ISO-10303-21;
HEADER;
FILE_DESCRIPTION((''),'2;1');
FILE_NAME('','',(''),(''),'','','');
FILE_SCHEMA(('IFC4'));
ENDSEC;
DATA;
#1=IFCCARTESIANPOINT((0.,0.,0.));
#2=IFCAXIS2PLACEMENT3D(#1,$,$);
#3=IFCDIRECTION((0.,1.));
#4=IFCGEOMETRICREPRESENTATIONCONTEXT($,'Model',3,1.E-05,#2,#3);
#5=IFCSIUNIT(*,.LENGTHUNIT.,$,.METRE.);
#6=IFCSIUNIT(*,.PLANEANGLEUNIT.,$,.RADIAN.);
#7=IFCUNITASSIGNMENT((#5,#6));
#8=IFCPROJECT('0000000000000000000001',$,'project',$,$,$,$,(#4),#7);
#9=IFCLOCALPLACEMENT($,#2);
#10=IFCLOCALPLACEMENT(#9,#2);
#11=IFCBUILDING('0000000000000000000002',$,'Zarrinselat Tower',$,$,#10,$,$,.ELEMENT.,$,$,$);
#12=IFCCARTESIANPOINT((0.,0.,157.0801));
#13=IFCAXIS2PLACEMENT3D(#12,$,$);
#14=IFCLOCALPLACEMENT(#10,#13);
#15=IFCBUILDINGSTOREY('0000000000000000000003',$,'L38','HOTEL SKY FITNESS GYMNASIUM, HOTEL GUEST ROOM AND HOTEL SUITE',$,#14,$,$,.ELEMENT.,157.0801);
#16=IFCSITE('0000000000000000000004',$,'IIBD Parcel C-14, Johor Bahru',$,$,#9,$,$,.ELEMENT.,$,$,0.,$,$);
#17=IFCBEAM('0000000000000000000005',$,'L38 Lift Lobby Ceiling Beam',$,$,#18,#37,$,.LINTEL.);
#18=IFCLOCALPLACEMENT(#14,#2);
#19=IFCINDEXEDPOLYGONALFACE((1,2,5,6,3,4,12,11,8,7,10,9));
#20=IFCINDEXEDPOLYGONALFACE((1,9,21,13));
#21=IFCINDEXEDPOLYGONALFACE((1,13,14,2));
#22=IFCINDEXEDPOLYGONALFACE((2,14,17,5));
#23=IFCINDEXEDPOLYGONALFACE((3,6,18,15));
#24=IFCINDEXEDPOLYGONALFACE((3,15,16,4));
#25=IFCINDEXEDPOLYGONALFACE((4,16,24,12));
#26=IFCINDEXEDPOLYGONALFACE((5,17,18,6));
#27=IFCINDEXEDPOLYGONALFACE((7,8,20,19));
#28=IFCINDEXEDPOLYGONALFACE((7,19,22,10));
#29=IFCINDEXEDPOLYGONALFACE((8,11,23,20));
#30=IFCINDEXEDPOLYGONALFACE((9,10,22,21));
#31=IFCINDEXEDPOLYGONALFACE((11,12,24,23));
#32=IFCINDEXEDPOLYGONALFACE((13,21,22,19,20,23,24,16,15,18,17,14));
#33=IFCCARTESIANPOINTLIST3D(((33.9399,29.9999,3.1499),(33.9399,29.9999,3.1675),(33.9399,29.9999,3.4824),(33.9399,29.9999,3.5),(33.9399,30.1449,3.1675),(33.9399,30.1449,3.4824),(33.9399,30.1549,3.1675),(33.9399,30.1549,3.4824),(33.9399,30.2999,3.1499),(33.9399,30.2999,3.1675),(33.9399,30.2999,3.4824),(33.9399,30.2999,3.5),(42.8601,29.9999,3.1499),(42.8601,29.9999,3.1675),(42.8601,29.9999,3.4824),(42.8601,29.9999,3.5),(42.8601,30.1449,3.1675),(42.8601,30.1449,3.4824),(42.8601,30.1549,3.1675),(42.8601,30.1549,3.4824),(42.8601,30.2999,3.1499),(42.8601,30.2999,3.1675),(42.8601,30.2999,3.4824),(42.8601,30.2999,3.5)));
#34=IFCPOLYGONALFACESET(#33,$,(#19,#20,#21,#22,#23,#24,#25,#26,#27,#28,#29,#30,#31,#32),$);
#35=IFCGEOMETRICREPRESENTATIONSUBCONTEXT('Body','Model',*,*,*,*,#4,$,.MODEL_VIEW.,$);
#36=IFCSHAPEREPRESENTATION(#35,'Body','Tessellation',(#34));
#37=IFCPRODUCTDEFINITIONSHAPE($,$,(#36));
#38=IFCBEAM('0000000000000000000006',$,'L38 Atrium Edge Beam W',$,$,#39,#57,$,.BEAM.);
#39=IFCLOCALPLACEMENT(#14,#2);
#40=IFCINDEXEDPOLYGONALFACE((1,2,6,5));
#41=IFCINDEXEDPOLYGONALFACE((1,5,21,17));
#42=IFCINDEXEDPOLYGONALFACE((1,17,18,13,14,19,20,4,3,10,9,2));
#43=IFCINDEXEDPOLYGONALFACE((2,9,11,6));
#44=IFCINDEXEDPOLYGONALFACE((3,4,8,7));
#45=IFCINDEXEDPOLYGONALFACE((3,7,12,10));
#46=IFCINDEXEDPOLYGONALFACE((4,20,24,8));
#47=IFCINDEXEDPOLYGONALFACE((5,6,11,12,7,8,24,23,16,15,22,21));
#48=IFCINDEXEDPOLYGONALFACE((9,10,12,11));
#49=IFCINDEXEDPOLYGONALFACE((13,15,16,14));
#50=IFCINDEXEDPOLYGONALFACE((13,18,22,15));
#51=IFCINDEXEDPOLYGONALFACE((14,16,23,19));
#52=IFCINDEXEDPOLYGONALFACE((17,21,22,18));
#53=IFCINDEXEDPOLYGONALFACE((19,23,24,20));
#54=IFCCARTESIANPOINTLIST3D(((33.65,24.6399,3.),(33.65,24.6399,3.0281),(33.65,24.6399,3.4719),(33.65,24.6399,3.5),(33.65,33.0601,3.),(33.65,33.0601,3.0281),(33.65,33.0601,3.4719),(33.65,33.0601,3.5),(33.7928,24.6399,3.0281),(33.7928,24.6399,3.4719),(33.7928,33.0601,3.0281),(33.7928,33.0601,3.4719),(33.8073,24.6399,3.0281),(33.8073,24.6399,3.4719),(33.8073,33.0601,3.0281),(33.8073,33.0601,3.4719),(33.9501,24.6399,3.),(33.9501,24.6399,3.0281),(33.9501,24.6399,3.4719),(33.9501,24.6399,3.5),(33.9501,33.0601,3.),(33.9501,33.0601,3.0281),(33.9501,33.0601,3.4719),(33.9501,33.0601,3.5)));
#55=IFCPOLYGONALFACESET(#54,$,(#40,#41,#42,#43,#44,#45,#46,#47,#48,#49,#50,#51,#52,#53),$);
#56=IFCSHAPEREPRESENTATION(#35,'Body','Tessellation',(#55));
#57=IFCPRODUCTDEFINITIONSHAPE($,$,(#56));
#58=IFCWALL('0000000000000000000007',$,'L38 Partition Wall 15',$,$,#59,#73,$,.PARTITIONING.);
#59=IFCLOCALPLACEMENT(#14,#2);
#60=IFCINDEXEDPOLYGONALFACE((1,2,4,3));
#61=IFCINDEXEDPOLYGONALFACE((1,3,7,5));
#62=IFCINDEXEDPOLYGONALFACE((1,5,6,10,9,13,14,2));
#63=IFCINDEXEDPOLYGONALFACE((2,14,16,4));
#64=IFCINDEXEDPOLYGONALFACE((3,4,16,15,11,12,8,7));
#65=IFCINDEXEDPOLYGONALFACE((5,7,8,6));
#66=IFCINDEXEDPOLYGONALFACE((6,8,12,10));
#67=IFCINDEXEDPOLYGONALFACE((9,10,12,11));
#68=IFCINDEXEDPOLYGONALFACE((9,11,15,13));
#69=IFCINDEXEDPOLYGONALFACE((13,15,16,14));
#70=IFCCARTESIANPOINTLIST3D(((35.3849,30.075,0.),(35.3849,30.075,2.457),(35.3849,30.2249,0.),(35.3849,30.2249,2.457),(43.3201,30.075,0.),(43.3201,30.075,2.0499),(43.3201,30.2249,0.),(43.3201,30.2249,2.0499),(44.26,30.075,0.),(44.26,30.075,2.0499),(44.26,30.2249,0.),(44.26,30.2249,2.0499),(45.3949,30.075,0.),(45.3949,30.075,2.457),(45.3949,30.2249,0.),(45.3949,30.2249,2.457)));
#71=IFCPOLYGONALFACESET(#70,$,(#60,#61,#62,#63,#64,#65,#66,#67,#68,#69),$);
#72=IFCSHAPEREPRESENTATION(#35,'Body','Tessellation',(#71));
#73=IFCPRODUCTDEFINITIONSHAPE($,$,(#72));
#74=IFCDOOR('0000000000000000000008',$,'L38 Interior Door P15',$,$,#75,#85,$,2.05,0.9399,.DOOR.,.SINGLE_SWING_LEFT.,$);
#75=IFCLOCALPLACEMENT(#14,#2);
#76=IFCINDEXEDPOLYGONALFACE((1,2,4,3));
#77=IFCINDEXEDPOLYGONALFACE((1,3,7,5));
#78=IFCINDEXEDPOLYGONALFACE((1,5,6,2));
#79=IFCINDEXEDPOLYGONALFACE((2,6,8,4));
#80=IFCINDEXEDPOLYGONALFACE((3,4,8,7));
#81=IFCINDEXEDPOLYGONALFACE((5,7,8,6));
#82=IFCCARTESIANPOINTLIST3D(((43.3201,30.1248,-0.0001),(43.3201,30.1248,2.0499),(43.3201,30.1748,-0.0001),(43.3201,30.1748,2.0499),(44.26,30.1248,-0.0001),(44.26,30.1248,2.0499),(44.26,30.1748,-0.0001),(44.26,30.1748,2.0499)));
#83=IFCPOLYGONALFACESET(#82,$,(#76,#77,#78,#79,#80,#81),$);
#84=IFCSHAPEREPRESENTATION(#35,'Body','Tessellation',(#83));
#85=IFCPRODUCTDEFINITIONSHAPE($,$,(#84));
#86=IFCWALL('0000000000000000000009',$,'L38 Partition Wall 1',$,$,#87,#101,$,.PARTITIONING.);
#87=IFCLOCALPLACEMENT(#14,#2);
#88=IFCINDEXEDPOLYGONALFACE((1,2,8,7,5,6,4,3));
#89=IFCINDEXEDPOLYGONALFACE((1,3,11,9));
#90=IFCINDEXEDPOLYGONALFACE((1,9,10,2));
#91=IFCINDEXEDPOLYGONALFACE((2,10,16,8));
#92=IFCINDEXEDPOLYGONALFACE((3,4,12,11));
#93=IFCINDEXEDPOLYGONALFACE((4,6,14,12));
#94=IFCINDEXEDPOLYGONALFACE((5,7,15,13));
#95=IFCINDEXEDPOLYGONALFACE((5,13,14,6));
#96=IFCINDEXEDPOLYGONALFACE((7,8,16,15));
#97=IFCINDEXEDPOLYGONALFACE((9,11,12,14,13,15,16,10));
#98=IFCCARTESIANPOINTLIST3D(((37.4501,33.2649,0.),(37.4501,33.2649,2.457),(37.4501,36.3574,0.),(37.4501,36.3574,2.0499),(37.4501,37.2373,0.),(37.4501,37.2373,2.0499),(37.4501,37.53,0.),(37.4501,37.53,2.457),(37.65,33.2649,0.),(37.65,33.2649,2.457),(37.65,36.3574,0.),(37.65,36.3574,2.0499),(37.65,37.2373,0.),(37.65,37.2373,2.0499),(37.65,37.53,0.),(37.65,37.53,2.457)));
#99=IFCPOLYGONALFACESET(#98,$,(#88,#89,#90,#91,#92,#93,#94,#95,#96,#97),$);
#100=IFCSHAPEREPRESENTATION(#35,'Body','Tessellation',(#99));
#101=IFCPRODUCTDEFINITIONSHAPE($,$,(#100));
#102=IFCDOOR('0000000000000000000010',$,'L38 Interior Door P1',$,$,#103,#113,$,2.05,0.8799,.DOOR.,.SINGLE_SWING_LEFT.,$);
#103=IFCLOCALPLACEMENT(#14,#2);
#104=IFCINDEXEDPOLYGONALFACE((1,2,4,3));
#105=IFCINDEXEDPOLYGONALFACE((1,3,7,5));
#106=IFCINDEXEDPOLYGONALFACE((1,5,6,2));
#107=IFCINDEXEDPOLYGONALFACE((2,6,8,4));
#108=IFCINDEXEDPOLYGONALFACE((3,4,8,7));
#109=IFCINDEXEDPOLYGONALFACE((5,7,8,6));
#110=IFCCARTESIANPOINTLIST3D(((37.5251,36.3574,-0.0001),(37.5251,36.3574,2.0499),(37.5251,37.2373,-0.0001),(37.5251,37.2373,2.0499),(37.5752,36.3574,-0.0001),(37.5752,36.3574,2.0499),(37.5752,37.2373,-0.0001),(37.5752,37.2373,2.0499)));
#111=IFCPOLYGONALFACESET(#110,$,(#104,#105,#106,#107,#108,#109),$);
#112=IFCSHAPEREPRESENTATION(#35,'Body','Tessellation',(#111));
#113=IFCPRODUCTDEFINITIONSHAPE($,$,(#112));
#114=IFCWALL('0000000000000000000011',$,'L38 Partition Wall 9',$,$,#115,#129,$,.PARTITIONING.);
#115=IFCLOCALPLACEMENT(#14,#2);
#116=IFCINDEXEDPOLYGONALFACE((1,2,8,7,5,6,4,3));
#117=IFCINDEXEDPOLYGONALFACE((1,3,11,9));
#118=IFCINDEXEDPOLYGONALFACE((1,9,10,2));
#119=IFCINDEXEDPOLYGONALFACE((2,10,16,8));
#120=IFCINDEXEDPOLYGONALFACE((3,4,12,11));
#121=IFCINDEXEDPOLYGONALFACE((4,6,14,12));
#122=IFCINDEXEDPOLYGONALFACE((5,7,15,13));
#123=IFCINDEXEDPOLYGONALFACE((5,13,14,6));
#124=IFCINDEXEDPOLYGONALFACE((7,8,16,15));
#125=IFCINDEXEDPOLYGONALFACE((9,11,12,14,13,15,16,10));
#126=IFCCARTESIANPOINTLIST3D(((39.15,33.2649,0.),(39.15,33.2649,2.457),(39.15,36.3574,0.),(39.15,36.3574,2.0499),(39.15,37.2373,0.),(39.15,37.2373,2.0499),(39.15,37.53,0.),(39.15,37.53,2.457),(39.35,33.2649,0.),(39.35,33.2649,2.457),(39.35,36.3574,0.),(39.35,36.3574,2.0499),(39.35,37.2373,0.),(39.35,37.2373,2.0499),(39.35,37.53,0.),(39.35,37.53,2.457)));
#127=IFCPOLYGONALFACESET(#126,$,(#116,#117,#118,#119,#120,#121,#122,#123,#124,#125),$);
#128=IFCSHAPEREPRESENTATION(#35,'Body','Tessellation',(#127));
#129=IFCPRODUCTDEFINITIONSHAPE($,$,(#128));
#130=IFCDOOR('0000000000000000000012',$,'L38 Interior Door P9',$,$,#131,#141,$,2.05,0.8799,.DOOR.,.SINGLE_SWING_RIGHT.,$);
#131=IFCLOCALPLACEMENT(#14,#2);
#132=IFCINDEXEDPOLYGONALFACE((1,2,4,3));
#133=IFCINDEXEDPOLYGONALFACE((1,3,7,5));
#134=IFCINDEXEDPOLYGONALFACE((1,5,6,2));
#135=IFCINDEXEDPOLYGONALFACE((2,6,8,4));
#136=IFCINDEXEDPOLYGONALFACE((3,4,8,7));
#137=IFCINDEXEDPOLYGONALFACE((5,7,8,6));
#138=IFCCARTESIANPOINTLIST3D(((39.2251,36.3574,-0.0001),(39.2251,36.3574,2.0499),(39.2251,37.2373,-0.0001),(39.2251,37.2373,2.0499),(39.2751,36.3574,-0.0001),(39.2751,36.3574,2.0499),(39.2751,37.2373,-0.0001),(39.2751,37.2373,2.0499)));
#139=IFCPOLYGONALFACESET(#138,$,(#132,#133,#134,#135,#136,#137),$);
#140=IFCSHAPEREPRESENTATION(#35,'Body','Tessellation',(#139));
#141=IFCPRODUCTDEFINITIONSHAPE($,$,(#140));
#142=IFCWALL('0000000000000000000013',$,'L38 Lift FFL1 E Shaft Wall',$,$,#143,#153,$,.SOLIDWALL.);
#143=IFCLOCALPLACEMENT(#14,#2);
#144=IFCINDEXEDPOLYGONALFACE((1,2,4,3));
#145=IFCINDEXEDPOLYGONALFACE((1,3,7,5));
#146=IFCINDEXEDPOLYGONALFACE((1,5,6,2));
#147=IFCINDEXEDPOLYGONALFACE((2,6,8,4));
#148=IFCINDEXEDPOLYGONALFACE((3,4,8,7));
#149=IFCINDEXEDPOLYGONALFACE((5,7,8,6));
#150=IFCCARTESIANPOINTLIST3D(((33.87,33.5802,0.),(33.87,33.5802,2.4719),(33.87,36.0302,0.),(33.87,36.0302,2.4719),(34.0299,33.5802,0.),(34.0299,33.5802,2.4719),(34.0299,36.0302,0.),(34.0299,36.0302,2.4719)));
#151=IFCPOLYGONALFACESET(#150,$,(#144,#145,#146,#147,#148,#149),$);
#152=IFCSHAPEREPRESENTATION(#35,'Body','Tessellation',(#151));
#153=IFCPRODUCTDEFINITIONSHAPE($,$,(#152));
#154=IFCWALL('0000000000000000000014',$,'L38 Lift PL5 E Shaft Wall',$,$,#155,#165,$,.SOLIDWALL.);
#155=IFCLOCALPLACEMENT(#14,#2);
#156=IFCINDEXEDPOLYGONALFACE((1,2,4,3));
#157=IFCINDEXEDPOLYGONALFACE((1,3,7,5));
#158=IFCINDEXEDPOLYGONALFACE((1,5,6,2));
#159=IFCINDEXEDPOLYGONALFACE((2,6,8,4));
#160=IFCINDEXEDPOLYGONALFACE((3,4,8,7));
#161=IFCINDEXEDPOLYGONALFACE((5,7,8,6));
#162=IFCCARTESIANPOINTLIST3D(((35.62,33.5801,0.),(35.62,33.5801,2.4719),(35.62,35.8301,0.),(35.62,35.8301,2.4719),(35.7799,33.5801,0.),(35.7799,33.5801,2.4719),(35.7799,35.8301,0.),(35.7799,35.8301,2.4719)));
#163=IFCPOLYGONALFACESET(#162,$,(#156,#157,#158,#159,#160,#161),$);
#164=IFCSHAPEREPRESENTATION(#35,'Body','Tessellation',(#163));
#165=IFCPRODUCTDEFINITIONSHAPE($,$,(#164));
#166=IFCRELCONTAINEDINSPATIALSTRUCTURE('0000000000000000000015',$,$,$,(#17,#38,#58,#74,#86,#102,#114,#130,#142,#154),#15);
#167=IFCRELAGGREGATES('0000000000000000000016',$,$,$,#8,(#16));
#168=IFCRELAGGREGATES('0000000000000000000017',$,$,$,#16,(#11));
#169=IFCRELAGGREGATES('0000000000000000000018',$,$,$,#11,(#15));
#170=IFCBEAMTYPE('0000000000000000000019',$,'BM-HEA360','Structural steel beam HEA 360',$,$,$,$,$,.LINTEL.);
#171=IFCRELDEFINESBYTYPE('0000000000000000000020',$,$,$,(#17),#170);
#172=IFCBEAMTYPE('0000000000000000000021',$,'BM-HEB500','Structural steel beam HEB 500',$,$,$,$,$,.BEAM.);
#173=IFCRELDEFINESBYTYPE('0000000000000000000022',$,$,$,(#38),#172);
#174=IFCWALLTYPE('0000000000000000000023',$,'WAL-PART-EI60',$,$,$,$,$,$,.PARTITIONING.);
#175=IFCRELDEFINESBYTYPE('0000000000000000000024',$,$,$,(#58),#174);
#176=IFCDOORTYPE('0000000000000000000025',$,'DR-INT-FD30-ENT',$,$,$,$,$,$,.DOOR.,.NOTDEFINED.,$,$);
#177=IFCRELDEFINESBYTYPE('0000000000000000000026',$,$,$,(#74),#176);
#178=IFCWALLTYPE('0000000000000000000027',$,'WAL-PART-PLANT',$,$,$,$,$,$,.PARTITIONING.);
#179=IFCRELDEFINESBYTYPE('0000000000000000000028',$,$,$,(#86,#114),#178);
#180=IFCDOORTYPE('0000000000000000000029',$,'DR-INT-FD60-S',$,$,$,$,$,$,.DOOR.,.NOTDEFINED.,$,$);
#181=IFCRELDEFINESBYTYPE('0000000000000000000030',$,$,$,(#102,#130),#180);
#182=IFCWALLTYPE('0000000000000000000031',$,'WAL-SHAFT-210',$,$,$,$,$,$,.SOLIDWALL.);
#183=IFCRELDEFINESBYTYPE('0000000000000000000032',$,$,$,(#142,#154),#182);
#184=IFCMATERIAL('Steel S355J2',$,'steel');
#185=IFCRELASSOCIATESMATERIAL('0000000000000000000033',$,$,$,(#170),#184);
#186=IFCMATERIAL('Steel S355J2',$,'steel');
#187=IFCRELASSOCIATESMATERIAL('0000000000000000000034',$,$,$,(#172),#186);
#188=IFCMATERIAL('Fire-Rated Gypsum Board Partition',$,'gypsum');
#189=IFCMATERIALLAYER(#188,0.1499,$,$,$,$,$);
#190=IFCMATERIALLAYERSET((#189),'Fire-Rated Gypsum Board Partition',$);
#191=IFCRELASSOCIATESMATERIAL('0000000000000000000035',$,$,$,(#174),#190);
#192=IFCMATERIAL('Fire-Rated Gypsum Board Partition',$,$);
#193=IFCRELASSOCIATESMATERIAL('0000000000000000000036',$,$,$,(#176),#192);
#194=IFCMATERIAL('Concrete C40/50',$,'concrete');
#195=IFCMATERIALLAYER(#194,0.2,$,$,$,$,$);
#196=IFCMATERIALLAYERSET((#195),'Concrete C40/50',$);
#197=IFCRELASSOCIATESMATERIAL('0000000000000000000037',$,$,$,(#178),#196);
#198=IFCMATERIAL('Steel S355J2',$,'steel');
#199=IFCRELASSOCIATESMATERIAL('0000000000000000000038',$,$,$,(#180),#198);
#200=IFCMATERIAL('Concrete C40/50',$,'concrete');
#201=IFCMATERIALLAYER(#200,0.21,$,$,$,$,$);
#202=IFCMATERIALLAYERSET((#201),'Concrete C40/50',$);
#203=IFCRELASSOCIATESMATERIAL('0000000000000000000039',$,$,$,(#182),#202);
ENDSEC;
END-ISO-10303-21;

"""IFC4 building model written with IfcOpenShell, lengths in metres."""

from ifc_helpers import new_model, si_unit, direction, frame, frame_2d, origin, origin_2d, place, context, subcontext, project, spatial, rectangle, i_section, extrude, material, layer, layer_set, material_profile, profile_set, type_object, element, fill, save


model = new_model("IFC4")

# Units and contexts
model_context = context("Model", 3, precision=1e-05, world=origin(), true_north=direction((0.0, 1.0)))
body_context = subcontext(model_context, "Body", "Model", "MODEL_VIEW")
ifc_project = project(units=[si_unit("LENGTHUNIT", "METRE"), si_unit("PLANEANGLEUNIT", "RADIAN")], contexts=[model_context])

# Site, building, storey
site_placement = place(None, origin())
site = spatial("IfcSite", under=ifc_project, at=site_placement, Name="IIBD Parcel C-14, Johor Bahru", CompositionType="ELEMENT", RefElevation=0.0)
building_placement = place(site_placement, origin())
building = spatial("IfcBuilding", under=site, at=building_placement, Name="Zarrinselat Tower", CompositionType="ELEMENT")
storey_placement = place(building_placement, frame((0.0, 0.0, 157.0801)))
storey = spatial("IfcBuildingStorey", under=building, at=storey_placement, Name="L38", Description="HOTEL SKY FITNESS GYMNASIUM, HOTEL GUEST ROOM AND HOTEL SUITE", CompositionType="ELEMENT", Elevation=157.0801)

# Beams
ifc_material_1 = material(Name="Steel S355J2", Category="steel")
ifc_material_profile_1 = material_profile(ifc_material_1, i_section(OverallWidth=0.3, OverallDepth=0.3501, WebThickness=0.01, FlangeThickness=0.0176, at=origin_2d()), Name="HEA 360")
ifc_profile_set_1 = profile_set([ifc_material_profile_1], Name="Steel S355J2")
beam_type_1 = type_object("IfcBeamType", Name="BM-HEA360", Description="Structural steel beam HEA 360", PredefinedType="LINTEL", material=ifc_profile_set_1)
beam_1_placement = place(storey_placement, frame((33.9399, 30.1499, 3.325), z_axis=(1.0, 0.0, 0.0), x_axis=(0.0, 1.0, 0.0)))
element("IfcBeam", 1, at=beam_1_placement, inside=storey, type_object=beam_type_1, Name="L38 Lift Lobby Ceiling Beam", PredefinedType="LINTEL", context=body_context, shape_type="SweptSolid", body=[
    extrude(i_section(OverallWidth=0.3, OverallDepth=0.3501, WebThickness=0.01, FlangeThickness=0.0176, at=origin_2d()), origin(), (0.0, 0.0, 1.0), 8.9202),
])
ifc_material_2 = material(Name="Steel S355J2", Category="steel")
ifc_material_profile_2 = material_profile(ifc_material_2, i_section(OverallWidth=0.3, OverallDepth=0.5, WebThickness=0.0144, FlangeThickness=0.0281, at=origin_2d()), Name="HEB 500")
ifc_profile_set_2 = profile_set([ifc_material_profile_2], Name="Steel S355J2")
beam_type_2 = type_object("IfcBeamType", Name="BM-HEB500", Description="Structural steel beam HEB 500", PredefinedType="BEAM", material=ifc_profile_set_2)
beam_2_placement = place(storey_placement, frame((33.8, 24.6399, 3.25), z_axis=(0.0, 1.0, 0.0), x_axis=(-1.0, 0.0, 0.0)))
element("IfcBeam", 2, at=beam_2_placement, inside=storey, type_object=beam_type_2, Name="L38 Atrium Edge Beam W", PredefinedType="BEAM", context=body_context, shape_type="SweptSolid", body=[
    extrude(i_section(OverallWidth=0.3, OverallDepth=0.5, WebThickness=0.0144, FlangeThickness=0.0281, at=origin_2d()), origin(), (0.0, 0.0, 1.0), 8.4202),
])

# Walls, openings, doors
ifc_material_3 = material(Name="Fire-Rated Gypsum Board Partition", Category="gypsum")
ifc_layer_1 = layer(ifc_material_3, 0.1499)
ifc_layer_set_1 = layer_set([ifc_layer_1], Name="Fire-Rated Gypsum Board Partition")
wall_type_1 = type_object("IfcWallType", Name="WAL-PART-EI60", PredefinedType="PARTITIONING", material=ifc_layer_set_1)
wall_1_placement = place(storey_placement, frame((35.385, 30.1499, 0.0), z_axis=(0.0, 0.0, 1.0), x_axis=(1.0, 0.0, 0.0)))
wall_1 = element("IfcWall", 3, at=wall_1_placement, inside=storey, type_object=wall_type_1, Name="L38 Partition Wall 15", PredefinedType="PARTITIONING", context=body_context, shape_type="SweptSolid", body=[
    extrude(rectangle(XDim=10.01, YDim=0.1499, at=frame_2d((5.0049, 0.0))), origin(), (0.0, 0.0, 1.0), 2.457),
])
opening_1_placement = place(wall_1_placement, frame((7.9351, 0.0, 0.0)))
opening_1 = element("IfcOpeningElement", 4, at=opening_1_placement, cuts=wall_1, PredefinedType="OPENING", context=body_context, shape_type="SweptSolid", body=[
    extrude(rectangle(XDim=0.9399, YDim=2.05, at=frame_2d((0.47, 1.0249))), frame((0.0, 0.085, 0.0), z_axis=(0.0, -1.0, 0.0), x_axis=(1.0, 0.0, 0.0)), (0.0, 0.0, 1.0), 0.1699),
])
ifc_material_4 = material(Name="Fire-Rated Gypsum Board Partition")
door_type_1 = type_object("IfcDoorType", Name="DR-INT-FD30-ENT", OperationType="NOTDEFINED", PredefinedType="DOOR", material=ifc_material_4)
door_1_placement = place(opening_1_placement, origin())
door_1 = element("IfcDoor", 5, at=door_1_placement, inside=storey, type_object=door_type_1, Name="L38 Interior Door P15", OperationType="SINGLE_SWING_LEFT", OverallHeight=2.05, OverallWidth=0.9399, PredefinedType="DOOR", context=body_context, shape_type="SweptSolid", body=[
    extrude(rectangle(XDim=0.9399, YDim=2.05, at=frame_2d((0.47, 1.0249))), frame((0.0, 0.0249, 0.0), z_axis=(0.0, -1.0, 0.0), x_axis=(1.0, 0.0, 0.0)), (0.0, 0.0, 1.0), 0.05),
])
fill(opening_1, door_1)
ifc_material_5 = material(Name="Concrete C40/50", Category="concrete")
ifc_layer_2 = layer(ifc_material_5, 0.2)
ifc_layer_set_2 = layer_set([ifc_layer_2], Name="Concrete C40/50")
wall_type_2 = type_object("IfcWallType", Name="WAL-PART-PLANT", PredefinedType="PARTITIONING", material=ifc_layer_set_2)
wall_2_placement = place(storey_placement, frame((37.55, 33.2649, 0.0), z_axis=(0.0, 0.0, 1.0), x_axis=(0.0, 1.0, 0.0)))
wall_2 = element("IfcWall", 6, at=wall_2_placement, inside=storey, type_object=wall_type_2, Name="L38 Partition Wall 1", PredefinedType="PARTITIONING", context=body_context, shape_type="SweptSolid", body=[
    extrude(rectangle(XDim=4.2651, YDim=0.2, at=frame_2d((2.1326, 0.0))), origin(), (0.0, 0.0, 1.0), 2.457),
])
opening_2_placement = place(wall_2_placement, frame((3.0925, 0.0, 0.0)))
opening_2 = element("IfcOpeningElement", 7, at=opening_2_placement, cuts=wall_2, PredefinedType="OPENING", context=body_context, shape_type="SweptSolid", body=[
    extrude(rectangle(XDim=0.8799, YDim=2.05, at=frame_2d((0.4399, 1.0249))), frame((0.0, 0.1099, 0.0), z_axis=(0.0, -1.0, 0.0), x_axis=(1.0, 0.0, 0.0)), (0.0, 0.0, 1.0), 0.22),
])
ifc_material_6 = material(Name="Steel S355J2", Category="steel")
door_type_2 = type_object("IfcDoorType", Name="DR-INT-FD60-S", OperationType="NOTDEFINED", PredefinedType="DOOR", material=ifc_material_6)
door_2_placement = place(opening_2_placement, origin())
door_2 = element("IfcDoor", 8, at=door_2_placement, inside=storey, type_object=door_type_2, Name="L38 Interior Door P1", OperationType="SINGLE_SWING_LEFT", OverallHeight=2.05, OverallWidth=0.8799, PredefinedType="DOOR", context=body_context, shape_type="SweptSolid", body=[
    extrude(rectangle(XDim=0.8799, YDim=2.05, at=frame_2d((0.4399, 1.0249))), frame((0.0, 0.0249, 0.0), z_axis=(0.0, -1.0, 0.0), x_axis=(1.0, 0.0, 0.0)), (0.0, 0.0, 1.0), 0.05),
])
fill(opening_2, door_2)
wall_3_placement = place(storey_placement, frame((39.25, 33.2649, 0.0), z_axis=(0.0, 0.0, 1.0), x_axis=(0.0, 1.0, 0.0)))
wall_3 = element("IfcWall", 9, at=wall_3_placement, inside=storey, type_object=wall_type_2, Name="L38 Partition Wall 9", PredefinedType="PARTITIONING", context=body_context, shape_type="SweptSolid", body=[
    extrude(rectangle(XDim=4.2651, YDim=0.2, at=frame_2d((2.1326, 0.0))), origin(), (0.0, 0.0, 1.0), 2.457),
])
opening_3_placement = place(wall_3_placement, frame((3.0925, 0.0, 0.0)))
opening_3 = element("IfcOpeningElement", 10, at=opening_3_placement, cuts=wall_3, PredefinedType="OPENING", context=body_context, shape_type="SweptSolid", body=[
    extrude(rectangle(XDim=0.8799, YDim=2.05, at=frame_2d((0.4399, 1.0249))), frame((0.0, 0.1099, 0.0), z_axis=(0.0, -1.0, 0.0), x_axis=(1.0, 0.0, 0.0)), (0.0, 0.0, 1.0), 0.22),
])
door_3_placement = place(opening_3_placement, origin())
door_3 = element("IfcDoor", 11, at=door_3_placement, inside=storey, type_object=door_type_2, Name="L38 Interior Door P9", OperationType="SINGLE_SWING_RIGHT", OverallHeight=2.05, OverallWidth=0.8799, PredefinedType="DOOR", context=body_context, shape_type="SweptSolid", body=[
    extrude(rectangle(XDim=0.8799, YDim=2.05, at=frame_2d((0.4399, 1.0249))), frame((0.0, 0.0249, 0.0), z_axis=(0.0, -1.0, 0.0), x_axis=(1.0, 0.0, 0.0)), (0.0, 0.0, 1.0), 0.05),
])
fill(opening_3, door_3)

# Walls
ifc_material_7 = material(Name="Concrete C40/50", Category="concrete")
ifc_layer_3 = layer(ifc_material_7, 0.21)
ifc_layer_set_3 = layer_set([ifc_layer_3], Name="Concrete C40/50")
wall_type_3 = type_object("IfcWallType", Name="WAL-SHAFT-210", PredefinedType="SOLIDWALL", material=ifc_layer_set_3)
wall_4_placement = place(storey_placement, frame((33.95, 33.5801, 0.0), z_axis=(0.0, 0.0, 1.0), x_axis=(0.0, 1.0, 0.0)))
element("IfcWall", 12, at=wall_4_placement, inside=storey, type_object=wall_type_3, Name="L38 Lift FFL1 E Shaft Wall", PredefinedType="SOLIDWALL", context=body_context, shape_type="SweptSolid", body=[
    extrude(rectangle(XDim=2.45, YDim=0.1599, at=frame_2d((1.2251, 0.0))), origin(), (0.0, 0.0, 1.0), 2.4719),
])
for number, where, z_axis, x_axis, name in (
    (13, (35.7, 33.5801, 0.0), (0.0, 0.0, 1.0), (0.0, 1.0, 0.0), "L38 Lift PL5 E Shaft Wall"),
):
    element("IfcWall", number, at=place(storey_placement, frame(where, z_axis=z_axis, x_axis=x_axis)), inside=storey, type_object=wall_type_3, Name=name, PredefinedType="SOLIDWALL", context=body_context, shape_type="SweptSolid", body=[
        extrude(rectangle(XDim=2.25, YDim=0.1599, at=frame_2d((1.125, 0.0))), origin(), (0.0, 0.0, 1.0), 2.4719),
    ])

save(model, "model.ifc")
